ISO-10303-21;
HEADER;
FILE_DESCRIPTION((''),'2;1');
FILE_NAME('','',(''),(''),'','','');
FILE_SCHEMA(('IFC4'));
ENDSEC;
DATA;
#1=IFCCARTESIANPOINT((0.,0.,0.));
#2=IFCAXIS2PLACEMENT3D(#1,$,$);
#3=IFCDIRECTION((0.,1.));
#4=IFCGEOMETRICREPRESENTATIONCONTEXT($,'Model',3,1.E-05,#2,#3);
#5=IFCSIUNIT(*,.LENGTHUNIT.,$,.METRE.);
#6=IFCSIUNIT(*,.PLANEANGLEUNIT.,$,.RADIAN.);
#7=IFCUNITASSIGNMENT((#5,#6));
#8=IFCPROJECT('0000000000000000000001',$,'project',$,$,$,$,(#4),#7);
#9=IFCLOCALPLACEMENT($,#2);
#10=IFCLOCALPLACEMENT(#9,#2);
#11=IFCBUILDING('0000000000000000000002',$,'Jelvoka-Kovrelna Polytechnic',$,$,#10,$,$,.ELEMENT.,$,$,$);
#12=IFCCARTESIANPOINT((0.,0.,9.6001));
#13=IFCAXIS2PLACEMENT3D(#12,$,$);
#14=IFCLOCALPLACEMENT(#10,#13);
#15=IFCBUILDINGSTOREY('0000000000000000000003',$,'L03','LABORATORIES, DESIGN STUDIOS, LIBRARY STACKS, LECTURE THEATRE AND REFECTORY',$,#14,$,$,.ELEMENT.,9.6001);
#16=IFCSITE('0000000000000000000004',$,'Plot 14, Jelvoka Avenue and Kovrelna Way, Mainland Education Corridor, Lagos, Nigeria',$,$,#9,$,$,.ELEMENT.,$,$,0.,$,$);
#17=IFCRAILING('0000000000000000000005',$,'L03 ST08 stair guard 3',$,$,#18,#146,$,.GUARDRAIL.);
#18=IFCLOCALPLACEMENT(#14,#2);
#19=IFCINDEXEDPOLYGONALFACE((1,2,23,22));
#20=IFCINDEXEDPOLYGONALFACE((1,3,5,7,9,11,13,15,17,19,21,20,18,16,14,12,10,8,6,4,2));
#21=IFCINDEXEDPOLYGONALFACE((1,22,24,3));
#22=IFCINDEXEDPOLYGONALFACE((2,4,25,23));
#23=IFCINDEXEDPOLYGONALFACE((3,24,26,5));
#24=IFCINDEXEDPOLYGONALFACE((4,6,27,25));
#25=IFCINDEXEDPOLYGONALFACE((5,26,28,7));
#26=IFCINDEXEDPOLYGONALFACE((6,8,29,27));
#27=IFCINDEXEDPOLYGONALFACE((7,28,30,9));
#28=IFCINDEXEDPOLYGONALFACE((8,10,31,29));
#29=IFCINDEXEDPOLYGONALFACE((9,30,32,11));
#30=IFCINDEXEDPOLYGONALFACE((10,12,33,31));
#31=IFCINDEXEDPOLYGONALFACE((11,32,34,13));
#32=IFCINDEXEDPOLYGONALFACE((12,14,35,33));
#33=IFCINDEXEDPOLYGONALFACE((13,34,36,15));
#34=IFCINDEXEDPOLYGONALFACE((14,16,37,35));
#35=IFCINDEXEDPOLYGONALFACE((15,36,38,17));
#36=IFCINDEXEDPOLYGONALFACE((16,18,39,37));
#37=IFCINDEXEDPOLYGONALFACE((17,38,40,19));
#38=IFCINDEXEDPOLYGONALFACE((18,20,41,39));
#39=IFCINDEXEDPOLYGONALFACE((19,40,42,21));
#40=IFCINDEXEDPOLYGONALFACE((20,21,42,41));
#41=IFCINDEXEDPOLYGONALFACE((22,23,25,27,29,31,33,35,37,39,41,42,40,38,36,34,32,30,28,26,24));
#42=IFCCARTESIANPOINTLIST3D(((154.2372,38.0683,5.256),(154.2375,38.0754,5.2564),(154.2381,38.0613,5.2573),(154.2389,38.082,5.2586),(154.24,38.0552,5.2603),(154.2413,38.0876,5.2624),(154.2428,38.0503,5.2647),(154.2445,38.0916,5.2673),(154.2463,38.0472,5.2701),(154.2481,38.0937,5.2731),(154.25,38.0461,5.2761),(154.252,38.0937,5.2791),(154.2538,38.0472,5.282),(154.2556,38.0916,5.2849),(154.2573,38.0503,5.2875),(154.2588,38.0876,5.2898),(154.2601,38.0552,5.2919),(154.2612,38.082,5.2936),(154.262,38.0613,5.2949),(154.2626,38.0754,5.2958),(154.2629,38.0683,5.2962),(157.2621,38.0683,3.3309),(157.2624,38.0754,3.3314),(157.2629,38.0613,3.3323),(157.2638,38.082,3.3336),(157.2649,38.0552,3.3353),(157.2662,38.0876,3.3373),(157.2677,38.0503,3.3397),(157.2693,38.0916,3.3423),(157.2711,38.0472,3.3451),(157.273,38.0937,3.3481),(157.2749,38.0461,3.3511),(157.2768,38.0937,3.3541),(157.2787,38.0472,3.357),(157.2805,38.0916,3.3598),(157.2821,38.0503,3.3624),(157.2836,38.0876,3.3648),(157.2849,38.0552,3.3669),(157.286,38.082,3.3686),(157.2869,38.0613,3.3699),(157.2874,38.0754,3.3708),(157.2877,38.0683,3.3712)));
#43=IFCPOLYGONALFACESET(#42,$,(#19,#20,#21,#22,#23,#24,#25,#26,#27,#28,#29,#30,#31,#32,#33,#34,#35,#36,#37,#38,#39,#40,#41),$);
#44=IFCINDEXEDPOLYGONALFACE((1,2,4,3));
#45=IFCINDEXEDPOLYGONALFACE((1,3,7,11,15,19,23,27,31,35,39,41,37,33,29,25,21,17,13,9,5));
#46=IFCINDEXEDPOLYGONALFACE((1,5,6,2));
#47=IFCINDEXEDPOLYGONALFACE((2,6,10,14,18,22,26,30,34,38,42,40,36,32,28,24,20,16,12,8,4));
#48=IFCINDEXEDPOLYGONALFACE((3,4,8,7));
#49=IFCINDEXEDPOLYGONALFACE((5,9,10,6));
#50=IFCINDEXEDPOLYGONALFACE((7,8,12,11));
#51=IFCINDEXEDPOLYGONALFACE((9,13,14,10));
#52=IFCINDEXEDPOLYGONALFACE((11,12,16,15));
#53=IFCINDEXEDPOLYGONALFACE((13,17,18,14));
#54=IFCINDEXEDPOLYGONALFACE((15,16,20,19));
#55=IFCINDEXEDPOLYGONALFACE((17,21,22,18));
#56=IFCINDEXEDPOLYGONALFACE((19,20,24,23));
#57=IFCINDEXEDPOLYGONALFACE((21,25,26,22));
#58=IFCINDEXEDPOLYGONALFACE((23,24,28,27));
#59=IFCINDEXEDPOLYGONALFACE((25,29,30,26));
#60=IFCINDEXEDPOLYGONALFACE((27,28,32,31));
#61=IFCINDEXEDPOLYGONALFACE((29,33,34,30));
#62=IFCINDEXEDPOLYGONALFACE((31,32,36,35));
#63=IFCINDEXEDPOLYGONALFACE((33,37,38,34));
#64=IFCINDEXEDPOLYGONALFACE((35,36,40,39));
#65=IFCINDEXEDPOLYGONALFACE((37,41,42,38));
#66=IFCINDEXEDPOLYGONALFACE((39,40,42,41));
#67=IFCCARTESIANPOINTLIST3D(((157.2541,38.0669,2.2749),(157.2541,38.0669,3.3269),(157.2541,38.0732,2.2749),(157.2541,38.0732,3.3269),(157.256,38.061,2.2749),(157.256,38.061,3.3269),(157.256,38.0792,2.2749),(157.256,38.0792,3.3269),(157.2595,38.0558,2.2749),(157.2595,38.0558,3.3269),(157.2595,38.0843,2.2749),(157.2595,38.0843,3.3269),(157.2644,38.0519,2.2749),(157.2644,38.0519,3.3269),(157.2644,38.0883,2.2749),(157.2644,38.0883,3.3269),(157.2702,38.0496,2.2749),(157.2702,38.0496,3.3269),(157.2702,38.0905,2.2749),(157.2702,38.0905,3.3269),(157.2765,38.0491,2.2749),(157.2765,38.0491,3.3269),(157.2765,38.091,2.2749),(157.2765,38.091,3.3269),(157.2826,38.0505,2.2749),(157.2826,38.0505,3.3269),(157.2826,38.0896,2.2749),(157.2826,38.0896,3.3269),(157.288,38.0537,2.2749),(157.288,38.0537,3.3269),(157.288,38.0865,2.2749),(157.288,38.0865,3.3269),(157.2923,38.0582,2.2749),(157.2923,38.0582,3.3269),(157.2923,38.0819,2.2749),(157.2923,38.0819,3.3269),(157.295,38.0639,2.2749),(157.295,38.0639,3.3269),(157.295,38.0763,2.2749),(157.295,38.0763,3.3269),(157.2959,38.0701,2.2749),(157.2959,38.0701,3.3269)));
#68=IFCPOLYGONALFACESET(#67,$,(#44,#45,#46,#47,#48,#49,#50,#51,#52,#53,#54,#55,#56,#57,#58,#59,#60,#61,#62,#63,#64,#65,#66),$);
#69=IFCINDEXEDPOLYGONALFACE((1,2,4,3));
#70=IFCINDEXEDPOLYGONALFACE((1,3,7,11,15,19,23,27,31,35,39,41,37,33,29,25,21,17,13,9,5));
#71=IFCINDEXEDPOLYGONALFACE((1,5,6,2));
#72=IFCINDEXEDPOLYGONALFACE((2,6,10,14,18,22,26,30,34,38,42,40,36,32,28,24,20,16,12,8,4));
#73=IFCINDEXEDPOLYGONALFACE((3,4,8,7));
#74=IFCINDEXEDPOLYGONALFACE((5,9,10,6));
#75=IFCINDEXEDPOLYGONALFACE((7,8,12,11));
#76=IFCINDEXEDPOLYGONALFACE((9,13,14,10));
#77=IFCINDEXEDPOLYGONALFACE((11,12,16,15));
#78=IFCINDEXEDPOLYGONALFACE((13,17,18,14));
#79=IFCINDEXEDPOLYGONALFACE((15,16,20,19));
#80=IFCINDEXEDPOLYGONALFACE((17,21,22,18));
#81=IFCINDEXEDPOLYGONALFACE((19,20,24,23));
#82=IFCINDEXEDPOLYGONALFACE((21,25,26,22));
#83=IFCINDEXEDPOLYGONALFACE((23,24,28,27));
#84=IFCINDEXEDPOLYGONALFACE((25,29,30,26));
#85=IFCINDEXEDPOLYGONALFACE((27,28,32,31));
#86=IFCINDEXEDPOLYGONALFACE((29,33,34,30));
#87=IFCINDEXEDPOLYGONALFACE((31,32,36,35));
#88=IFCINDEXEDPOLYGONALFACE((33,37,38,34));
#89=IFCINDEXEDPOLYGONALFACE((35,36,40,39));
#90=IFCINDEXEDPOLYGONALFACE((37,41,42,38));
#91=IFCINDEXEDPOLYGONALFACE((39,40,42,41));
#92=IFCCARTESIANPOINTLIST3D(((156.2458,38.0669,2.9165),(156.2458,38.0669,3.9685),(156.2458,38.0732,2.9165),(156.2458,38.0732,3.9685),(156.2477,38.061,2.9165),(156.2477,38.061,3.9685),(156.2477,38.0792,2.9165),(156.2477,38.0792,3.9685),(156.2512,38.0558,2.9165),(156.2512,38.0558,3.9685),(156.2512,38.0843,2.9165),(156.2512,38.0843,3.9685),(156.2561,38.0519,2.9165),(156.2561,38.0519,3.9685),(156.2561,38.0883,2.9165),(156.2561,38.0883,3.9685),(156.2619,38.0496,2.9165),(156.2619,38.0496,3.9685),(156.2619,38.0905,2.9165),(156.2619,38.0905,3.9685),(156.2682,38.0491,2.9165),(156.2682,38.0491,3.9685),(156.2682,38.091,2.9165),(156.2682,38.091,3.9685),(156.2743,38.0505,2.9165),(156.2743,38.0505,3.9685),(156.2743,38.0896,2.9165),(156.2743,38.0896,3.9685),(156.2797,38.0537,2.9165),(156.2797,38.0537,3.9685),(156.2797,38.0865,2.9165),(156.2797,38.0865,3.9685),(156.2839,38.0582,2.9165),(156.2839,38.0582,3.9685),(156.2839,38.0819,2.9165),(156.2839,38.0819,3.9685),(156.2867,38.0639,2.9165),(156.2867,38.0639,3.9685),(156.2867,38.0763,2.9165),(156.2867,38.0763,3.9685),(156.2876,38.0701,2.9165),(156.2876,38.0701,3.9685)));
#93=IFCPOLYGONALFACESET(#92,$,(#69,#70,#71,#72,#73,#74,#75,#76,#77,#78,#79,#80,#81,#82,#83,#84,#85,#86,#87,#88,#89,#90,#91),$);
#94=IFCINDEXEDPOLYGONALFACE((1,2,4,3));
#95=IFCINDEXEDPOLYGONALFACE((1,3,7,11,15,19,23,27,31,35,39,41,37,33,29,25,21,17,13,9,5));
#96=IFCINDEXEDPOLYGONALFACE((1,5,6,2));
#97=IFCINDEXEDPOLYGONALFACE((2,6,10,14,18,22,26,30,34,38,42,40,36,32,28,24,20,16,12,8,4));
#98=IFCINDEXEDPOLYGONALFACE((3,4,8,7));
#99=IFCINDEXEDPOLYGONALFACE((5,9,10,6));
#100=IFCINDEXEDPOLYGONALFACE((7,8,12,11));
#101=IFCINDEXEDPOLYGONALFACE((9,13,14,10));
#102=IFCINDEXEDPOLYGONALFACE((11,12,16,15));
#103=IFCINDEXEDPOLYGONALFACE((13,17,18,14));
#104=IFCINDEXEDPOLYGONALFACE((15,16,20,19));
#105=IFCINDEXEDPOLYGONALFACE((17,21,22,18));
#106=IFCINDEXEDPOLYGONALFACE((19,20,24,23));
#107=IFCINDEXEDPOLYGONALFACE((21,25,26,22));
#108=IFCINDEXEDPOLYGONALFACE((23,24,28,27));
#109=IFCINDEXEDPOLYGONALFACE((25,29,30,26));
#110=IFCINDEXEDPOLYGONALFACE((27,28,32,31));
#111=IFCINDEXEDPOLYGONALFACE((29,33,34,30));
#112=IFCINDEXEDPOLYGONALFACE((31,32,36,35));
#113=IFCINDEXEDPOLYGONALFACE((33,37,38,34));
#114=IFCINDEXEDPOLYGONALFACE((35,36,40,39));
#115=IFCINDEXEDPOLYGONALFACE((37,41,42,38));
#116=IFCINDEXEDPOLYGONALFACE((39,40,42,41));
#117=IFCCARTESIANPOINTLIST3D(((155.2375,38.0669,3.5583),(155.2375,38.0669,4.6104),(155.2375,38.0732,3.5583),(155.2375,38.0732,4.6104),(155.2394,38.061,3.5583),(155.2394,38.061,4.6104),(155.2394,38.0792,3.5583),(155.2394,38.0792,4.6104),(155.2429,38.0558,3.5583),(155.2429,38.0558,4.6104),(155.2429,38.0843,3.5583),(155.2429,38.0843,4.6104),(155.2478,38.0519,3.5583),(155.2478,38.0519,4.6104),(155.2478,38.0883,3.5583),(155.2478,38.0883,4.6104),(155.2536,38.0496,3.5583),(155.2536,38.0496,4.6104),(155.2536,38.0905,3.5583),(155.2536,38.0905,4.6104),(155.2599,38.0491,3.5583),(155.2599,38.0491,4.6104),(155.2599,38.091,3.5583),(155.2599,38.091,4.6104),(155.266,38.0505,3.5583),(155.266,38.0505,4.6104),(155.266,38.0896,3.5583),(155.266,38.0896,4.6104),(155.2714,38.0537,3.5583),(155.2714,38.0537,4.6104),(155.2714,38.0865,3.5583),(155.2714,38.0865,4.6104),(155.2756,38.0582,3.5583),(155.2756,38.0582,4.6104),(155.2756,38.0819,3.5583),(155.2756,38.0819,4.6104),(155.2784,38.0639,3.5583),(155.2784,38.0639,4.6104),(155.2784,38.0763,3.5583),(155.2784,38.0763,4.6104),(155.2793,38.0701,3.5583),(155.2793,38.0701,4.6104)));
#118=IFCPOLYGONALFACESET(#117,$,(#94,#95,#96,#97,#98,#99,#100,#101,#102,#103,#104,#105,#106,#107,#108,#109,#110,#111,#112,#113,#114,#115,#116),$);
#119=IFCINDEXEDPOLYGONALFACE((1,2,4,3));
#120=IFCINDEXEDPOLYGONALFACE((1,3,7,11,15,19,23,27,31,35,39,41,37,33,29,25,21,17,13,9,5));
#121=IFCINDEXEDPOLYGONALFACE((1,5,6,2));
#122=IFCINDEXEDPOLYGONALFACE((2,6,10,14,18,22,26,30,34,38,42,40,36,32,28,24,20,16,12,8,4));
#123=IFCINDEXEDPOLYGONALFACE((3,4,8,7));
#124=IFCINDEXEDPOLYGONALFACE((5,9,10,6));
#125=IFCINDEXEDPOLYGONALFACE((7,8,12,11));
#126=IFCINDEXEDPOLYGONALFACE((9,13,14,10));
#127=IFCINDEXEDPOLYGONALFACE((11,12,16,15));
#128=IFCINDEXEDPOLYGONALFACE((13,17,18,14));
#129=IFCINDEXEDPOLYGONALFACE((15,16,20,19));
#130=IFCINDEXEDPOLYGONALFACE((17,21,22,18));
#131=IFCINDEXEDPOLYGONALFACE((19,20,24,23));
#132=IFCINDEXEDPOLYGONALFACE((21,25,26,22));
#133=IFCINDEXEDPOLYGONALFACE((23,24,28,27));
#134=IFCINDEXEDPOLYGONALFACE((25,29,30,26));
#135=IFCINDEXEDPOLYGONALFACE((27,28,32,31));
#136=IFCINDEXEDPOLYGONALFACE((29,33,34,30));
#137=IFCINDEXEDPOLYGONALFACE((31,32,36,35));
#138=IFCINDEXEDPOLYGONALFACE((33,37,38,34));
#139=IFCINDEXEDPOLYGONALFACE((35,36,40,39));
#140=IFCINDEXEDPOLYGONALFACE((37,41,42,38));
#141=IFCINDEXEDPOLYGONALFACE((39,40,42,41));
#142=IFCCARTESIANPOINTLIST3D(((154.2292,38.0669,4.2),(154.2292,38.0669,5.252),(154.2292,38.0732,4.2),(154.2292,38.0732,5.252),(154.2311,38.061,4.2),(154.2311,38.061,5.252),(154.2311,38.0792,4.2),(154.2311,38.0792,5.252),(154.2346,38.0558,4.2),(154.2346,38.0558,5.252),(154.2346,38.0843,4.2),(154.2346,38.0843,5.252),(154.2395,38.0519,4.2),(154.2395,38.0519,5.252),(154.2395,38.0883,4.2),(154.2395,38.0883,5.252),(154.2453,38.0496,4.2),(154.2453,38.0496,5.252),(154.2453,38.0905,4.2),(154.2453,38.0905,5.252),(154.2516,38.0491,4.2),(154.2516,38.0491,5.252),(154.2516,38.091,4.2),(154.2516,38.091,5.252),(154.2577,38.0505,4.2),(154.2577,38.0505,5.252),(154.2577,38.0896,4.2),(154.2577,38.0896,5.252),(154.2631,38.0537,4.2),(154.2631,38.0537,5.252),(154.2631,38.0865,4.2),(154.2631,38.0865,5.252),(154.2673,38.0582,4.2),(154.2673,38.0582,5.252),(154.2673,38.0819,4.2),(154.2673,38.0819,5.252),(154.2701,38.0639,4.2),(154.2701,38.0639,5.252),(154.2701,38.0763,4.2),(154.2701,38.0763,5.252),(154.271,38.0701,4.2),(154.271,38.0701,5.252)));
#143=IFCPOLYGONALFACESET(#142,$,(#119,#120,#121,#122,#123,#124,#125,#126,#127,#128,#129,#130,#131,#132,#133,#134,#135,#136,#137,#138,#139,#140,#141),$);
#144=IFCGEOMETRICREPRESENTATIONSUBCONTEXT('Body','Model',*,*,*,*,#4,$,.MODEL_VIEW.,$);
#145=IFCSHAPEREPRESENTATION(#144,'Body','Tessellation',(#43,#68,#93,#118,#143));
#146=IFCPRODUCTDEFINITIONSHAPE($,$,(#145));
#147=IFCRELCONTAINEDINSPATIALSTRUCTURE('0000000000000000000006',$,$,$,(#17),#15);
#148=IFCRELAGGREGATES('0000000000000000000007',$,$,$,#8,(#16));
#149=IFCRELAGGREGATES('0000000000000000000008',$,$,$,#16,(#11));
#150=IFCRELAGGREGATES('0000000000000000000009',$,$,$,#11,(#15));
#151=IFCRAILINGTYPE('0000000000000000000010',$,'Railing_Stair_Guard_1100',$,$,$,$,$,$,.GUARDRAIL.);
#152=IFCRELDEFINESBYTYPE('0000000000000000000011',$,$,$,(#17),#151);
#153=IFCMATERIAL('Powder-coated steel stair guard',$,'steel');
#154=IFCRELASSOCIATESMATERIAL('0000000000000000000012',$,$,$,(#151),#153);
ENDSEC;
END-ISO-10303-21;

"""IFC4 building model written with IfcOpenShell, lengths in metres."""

from ifc_helpers import new_model, si_unit, direction, frame, origin, origin_2d, place, context, subcontext, project, spatial, circle, extrude, material, type_object, element, save


model = new_model("IFC4")

# Units and contexts
model_context = context("Model", 3, precision=1e-05, world=origin(), true_north=direction((0.0, 1.0)))
body_context = subcontext(model_context, "Body", "Model", "MODEL_VIEW")
ifc_project = project(units=[si_unit("LENGTHUNIT", "METRE"), si_unit("PLANEANGLEUNIT", "RADIAN")], contexts=[model_context])

# Site, building, storey
site_placement = place(None, origin())
site = spatial("IfcSite", under=ifc_project, at=site_placement, Name="Plot 14, Jelvoka Avenue and Kovrelna Way, Mainland Education Corridor, Lagos, Nigeria", CompositionType="ELEMENT", RefElevation=0.0)
building_placement = place(site_placement, origin())
building = spatial("IfcBuilding", under=site, at=building_placement, Name="Jelvoka-Kovrelna Polytechnic", CompositionType="ELEMENT")
storey_placement = place(building_placement, frame((0.0, 0.0, 9.6001)))
storey = spatial("IfcBuildingStorey", under=building, at=storey_placement, Name="L03", Description="LABORATORIES, DESIGN STUDIOS, LIBRARY STACKS, LECTURE THEATRE AND REFECTORY", CompositionType="ELEMENT", Elevation=9.6001)

# Railing
ifc_material_1 = material(Name="Powder-coated steel stair guard", Category="steel")
railing_type_1 = type_object("IfcRailingType", Name="Railing_Stair_Guard_1100", PredefinedType="GUARDRAIL", material=ifc_material_1)
railing_1_placement = place(storey_placement, frame((157.2749, 38.0701, 2.2749)))
element("IfcRailing", 1, at=railing_1_placement, inside=storey, type_object=railing_type_1, Name="L03 ST08 stair guard 3", PredefinedType="GUARDRAIL", context=body_context, shape_type="SweptSolid", body=[
    extrude(circle(Radius=0.0239, at=origin_2d()), frame((0.0, 0.0, 1.0762), z_axis=(-0.843647, 0.0, 0.536898), x_axis=(0.0, -1.0, 0.0)), (0.0, 0.0, 1.0), 3.5854),
    extrude(circle(Radius=0.021, at=origin_2d()), origin(), (0.0, 0.0, 1.0), 1.052),
    extrude(circle(Radius=0.021, at=origin_2d()), frame((-1.0083, 0.0, 0.6416)), (0.0, 0.0, 1.0), 1.052),
    extrude(circle(Radius=0.021, at=origin_2d()), frame((-2.0166, 0.0, 1.2834)), (0.0, 0.0, 1.0), 1.052),
    extrude(circle(Radius=0.021, at=origin_2d()), frame((-3.0249, 0.0, 1.925)), (0.0, 0.0, 1.0), 1.052),
])

save(model, "model.ifc")
